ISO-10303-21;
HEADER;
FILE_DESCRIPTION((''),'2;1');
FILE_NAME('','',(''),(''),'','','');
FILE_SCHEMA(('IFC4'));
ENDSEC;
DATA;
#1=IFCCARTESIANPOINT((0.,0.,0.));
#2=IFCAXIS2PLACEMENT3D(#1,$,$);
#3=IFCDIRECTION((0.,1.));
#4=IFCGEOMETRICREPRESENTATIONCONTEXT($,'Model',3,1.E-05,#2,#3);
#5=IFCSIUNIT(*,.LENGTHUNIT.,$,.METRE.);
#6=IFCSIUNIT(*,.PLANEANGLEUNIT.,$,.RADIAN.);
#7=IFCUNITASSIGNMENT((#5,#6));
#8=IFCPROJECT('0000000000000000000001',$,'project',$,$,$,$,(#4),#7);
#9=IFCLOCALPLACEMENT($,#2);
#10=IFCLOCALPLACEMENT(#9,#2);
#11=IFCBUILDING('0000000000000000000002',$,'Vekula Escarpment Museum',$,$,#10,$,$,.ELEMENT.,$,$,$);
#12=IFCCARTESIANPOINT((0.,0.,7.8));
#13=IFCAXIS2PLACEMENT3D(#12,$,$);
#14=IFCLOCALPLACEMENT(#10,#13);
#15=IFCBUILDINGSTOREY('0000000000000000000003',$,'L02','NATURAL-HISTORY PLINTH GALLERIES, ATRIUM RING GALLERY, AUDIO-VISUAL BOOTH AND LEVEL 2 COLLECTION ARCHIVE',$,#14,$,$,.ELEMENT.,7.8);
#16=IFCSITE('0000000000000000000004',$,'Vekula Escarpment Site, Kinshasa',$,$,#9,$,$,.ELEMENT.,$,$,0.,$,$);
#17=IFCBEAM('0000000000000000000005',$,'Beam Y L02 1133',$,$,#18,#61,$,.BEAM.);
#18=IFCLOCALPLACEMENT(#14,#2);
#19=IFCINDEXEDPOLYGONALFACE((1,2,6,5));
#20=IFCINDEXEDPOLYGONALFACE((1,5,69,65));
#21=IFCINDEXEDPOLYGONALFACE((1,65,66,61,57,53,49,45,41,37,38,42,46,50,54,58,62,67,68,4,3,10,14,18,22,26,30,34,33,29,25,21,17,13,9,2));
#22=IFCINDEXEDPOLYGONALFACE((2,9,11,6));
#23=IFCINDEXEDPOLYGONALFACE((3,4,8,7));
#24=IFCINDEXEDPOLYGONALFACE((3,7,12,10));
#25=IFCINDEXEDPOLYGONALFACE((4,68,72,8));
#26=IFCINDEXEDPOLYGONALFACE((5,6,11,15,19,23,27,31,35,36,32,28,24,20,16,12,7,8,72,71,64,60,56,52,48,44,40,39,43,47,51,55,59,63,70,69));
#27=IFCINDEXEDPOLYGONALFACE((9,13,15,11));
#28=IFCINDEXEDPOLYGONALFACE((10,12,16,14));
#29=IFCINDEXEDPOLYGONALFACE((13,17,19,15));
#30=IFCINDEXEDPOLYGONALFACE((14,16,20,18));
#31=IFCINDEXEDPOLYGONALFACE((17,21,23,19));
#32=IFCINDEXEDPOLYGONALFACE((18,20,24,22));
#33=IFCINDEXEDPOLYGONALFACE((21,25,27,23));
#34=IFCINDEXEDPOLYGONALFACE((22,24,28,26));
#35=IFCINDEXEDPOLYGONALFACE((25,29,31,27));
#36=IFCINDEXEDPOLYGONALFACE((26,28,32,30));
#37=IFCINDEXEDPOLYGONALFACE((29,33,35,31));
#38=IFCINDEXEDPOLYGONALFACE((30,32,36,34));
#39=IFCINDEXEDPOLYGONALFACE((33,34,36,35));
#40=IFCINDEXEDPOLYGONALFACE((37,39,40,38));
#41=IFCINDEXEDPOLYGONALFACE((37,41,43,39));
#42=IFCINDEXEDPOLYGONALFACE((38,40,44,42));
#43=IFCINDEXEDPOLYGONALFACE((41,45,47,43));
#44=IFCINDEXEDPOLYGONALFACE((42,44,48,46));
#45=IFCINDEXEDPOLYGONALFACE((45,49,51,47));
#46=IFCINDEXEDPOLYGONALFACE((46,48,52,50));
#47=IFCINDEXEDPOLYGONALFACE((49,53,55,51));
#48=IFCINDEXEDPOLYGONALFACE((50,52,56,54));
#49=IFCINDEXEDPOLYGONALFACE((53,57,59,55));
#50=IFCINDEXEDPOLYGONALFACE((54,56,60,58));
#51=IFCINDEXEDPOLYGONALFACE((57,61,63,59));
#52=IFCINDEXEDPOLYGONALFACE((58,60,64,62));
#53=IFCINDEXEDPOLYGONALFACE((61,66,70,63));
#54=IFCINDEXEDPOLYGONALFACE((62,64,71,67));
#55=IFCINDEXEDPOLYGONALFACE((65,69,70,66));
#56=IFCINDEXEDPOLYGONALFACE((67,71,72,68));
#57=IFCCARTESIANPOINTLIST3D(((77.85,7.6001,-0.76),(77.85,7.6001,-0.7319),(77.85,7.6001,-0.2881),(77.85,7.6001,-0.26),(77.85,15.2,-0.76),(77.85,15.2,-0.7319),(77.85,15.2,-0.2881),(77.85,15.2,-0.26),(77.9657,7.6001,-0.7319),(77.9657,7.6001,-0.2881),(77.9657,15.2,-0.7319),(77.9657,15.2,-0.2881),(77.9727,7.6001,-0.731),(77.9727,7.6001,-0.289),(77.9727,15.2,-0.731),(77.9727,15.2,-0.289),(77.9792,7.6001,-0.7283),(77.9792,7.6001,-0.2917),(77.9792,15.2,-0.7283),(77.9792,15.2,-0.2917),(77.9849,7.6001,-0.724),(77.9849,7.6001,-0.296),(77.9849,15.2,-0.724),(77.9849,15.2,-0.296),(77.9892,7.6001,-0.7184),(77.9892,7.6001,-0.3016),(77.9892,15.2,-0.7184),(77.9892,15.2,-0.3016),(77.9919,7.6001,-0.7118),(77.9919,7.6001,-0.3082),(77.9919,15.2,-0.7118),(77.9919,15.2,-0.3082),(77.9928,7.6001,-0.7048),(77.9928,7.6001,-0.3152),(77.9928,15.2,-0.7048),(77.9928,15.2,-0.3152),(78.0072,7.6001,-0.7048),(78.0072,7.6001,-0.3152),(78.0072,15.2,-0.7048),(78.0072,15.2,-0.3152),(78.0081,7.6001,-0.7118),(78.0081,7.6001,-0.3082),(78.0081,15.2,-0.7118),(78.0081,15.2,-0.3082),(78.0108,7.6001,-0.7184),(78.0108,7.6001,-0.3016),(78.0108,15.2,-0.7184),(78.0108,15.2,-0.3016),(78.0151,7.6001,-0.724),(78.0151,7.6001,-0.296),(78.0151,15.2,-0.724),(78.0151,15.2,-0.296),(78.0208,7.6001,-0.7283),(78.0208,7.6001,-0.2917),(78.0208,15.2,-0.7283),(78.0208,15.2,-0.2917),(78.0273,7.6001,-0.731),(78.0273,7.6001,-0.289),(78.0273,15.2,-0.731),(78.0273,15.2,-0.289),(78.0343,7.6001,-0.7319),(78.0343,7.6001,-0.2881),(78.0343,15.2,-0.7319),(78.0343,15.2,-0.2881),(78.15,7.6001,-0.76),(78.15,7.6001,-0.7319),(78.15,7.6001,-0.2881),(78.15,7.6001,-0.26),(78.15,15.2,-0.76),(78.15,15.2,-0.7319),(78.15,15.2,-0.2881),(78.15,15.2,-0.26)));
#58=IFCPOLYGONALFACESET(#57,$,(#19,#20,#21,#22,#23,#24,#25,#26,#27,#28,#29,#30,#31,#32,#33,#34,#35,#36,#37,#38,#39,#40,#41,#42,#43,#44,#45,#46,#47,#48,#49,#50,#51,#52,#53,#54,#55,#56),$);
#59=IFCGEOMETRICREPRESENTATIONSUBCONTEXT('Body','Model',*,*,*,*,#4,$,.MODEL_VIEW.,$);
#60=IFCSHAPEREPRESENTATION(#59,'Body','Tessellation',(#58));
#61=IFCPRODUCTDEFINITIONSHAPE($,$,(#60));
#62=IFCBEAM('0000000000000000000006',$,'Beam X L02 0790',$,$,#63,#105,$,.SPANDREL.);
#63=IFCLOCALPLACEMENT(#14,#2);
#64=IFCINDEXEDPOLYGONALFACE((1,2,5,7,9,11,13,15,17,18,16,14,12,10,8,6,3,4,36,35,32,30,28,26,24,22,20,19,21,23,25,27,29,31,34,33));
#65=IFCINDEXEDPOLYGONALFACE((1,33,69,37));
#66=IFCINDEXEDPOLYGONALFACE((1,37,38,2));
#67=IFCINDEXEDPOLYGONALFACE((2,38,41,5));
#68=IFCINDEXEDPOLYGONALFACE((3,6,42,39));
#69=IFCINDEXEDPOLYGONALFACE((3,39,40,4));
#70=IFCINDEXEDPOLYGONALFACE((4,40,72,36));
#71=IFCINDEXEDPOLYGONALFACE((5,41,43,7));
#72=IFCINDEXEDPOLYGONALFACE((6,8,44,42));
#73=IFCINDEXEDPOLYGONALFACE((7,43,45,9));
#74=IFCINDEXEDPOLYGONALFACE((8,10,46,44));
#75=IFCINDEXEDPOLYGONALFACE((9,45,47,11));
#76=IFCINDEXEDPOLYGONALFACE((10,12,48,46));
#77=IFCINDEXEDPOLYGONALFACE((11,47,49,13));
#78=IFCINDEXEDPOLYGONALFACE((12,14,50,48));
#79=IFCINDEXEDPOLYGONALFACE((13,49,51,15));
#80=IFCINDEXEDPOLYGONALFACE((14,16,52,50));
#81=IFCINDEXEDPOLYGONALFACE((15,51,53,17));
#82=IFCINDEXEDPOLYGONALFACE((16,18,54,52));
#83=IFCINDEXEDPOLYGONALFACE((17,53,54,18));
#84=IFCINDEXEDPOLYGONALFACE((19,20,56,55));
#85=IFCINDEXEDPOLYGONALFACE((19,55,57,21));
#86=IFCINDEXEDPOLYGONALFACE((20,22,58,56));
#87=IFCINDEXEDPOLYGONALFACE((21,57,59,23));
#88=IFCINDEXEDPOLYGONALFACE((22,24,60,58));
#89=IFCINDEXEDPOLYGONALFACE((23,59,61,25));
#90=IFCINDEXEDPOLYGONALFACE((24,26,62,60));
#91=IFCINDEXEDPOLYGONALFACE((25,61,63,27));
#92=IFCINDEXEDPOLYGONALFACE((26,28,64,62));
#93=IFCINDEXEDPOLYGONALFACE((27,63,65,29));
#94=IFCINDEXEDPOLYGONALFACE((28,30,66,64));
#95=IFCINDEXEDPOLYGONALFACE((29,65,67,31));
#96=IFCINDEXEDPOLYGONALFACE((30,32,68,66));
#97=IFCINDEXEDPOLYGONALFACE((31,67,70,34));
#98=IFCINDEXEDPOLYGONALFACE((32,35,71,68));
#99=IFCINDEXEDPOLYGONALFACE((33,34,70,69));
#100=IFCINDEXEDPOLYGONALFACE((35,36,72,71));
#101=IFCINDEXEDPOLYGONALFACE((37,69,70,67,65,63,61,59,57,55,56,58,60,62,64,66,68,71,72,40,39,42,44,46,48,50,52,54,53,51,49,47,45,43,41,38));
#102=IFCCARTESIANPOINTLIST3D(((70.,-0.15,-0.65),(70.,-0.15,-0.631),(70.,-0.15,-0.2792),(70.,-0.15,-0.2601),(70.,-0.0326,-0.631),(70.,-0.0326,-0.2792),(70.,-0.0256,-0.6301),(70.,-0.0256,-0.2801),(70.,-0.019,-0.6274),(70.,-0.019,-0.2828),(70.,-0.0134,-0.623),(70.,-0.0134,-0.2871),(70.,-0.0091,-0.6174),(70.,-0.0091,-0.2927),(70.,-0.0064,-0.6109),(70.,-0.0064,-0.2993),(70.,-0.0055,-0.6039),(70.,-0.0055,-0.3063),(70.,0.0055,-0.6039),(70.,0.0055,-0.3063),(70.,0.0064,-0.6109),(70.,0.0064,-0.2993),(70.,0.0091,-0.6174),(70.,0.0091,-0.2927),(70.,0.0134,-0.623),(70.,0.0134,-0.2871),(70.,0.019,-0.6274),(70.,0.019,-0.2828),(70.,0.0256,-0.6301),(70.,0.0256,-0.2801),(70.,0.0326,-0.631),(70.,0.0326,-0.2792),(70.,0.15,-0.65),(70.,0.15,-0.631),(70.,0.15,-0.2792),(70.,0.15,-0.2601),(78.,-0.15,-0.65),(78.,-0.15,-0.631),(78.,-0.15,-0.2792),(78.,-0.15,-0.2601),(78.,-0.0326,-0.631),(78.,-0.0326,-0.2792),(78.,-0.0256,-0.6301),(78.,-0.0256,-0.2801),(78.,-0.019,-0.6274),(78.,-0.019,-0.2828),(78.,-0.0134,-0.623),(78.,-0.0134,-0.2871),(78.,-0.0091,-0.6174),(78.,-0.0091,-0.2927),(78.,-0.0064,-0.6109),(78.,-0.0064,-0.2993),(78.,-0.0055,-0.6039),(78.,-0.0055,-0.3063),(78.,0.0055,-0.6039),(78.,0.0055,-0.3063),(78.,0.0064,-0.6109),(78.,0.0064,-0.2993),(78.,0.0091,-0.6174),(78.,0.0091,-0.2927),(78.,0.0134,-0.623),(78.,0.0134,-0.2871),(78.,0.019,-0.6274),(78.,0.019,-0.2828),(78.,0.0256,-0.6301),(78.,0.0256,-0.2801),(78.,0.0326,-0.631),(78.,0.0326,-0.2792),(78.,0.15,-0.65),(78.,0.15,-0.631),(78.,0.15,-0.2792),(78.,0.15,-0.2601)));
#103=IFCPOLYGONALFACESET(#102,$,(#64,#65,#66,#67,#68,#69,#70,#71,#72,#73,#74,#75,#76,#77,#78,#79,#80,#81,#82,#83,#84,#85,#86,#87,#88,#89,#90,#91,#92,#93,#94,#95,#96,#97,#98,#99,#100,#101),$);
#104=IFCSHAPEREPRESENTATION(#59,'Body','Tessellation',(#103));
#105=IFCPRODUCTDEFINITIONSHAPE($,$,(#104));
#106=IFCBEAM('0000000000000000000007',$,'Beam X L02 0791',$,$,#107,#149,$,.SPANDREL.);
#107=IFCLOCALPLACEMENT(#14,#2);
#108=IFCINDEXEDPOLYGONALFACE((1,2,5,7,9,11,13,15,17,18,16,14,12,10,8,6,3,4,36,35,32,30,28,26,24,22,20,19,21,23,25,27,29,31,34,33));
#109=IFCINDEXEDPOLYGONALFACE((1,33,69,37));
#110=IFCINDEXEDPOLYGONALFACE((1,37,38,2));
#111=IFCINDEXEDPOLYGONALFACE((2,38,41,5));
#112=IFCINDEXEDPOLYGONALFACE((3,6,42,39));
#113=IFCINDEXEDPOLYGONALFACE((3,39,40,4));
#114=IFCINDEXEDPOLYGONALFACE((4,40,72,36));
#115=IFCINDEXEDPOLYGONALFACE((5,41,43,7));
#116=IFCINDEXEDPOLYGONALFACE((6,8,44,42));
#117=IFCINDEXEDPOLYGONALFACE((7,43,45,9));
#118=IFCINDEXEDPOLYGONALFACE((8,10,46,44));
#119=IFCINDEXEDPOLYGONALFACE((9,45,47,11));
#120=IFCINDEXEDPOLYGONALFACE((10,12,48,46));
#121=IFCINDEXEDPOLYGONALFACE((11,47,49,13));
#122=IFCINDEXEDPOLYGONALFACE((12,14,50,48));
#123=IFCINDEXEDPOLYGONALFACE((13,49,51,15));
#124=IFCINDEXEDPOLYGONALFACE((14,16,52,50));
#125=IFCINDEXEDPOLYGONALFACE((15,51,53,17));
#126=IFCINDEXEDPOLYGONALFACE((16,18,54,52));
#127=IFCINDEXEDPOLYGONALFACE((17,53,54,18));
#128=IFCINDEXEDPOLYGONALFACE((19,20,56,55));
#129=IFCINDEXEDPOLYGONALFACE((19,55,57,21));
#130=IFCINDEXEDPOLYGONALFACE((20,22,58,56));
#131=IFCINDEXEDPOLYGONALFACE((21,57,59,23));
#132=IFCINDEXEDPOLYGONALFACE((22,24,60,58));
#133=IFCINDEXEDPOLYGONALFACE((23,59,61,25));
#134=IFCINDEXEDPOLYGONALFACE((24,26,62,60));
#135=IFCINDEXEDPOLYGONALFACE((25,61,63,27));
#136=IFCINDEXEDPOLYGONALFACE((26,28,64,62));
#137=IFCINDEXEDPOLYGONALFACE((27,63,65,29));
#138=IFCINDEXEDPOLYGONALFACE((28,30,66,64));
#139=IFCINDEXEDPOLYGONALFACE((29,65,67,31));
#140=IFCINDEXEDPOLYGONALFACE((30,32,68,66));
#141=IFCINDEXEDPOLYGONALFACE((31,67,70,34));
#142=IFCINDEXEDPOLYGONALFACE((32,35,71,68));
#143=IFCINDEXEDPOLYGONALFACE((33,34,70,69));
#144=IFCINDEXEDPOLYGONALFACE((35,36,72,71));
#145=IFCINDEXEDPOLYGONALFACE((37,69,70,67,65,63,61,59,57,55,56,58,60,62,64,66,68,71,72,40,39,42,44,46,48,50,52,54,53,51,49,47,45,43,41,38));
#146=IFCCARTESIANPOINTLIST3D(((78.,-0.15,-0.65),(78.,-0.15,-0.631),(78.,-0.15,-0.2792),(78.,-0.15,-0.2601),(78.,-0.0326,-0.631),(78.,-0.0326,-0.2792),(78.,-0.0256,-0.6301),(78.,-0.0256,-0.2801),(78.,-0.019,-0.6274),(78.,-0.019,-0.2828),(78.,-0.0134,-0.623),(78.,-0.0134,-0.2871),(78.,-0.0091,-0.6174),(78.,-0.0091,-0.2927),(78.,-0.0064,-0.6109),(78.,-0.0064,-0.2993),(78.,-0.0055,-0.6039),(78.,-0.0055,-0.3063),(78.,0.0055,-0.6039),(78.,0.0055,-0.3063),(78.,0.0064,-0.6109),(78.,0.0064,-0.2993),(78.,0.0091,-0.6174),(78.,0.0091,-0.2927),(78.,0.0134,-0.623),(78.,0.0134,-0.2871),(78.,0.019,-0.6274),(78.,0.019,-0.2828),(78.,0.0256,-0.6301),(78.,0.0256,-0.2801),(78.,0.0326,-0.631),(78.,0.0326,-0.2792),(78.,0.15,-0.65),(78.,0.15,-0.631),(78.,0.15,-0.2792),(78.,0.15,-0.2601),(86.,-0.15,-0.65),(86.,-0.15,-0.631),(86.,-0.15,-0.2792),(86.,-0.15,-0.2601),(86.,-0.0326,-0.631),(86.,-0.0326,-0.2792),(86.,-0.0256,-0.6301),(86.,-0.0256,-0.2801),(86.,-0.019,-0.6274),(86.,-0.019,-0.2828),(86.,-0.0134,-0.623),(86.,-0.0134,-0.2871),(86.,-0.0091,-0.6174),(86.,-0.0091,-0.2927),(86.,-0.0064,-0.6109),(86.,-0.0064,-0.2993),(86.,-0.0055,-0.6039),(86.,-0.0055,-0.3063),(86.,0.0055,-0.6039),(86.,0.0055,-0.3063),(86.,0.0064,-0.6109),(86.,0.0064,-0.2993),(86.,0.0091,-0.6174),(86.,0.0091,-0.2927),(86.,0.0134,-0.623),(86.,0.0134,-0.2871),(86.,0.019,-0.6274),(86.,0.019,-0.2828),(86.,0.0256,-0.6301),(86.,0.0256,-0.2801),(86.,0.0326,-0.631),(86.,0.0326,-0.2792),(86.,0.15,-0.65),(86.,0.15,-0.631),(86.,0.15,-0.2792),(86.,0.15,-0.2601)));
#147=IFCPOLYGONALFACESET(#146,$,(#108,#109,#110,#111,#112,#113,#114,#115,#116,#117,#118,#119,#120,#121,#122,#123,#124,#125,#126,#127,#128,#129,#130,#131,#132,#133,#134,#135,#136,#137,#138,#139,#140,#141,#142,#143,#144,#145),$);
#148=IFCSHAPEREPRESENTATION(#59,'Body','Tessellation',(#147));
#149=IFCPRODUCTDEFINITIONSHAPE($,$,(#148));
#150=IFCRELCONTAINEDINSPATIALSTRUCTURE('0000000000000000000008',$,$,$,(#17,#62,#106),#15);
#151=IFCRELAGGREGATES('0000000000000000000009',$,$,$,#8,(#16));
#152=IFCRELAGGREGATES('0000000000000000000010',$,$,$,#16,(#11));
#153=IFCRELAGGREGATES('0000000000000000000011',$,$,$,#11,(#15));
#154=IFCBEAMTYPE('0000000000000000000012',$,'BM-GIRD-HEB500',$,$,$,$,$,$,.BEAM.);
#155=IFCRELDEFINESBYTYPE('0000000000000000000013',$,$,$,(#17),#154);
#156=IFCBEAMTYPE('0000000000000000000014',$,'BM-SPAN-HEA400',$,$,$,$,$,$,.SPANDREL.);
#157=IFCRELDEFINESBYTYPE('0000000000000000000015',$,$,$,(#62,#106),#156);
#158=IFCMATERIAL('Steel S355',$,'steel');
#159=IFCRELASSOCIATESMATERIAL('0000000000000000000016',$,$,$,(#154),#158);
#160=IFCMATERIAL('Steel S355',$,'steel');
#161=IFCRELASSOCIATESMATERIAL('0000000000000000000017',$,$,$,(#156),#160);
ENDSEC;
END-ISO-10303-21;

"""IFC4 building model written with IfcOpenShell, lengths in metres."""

from ifc_helpers import new_model, si_unit, direction, frame, origin, origin_2d, place, context, subcontext, project, spatial, i_section, extrude, material, material_profile, profile_set, type_object, element, save


model = new_model("IFC4")

# Units and contexts
model_context = context("Model", 3, precision=1e-05, world=origin(), true_north=direction((0.0, 1.0)))
body_context = subcontext(model_context, "Body", "Model", "MODEL_VIEW")
ifc_project = project(units=[si_unit("LENGTHUNIT", "METRE"), si_unit("PLANEANGLEUNIT", "RADIAN")], contexts=[model_context])

# Site, building, storey
site_placement = place(None, origin())
site = spatial("IfcSite", under=ifc_project, at=site_placement, Name="Vekula Escarpment Site, Kinshasa", CompositionType="ELEMENT", RefElevation=0.0)
building_placement = place(site_placement, origin())
building = spatial("IfcBuilding", under=site, at=building_placement, Name="Vekula Escarpment Museum", CompositionType="ELEMENT")
storey_placement = place(building_placement, frame((0.0, 0.0, 7.8)))
storey = spatial("IfcBuildingStorey", under=building, at=storey_placement, Name="L02", Description="NATURAL-HISTORY PLINTH GALLERIES, ATRIUM RING GALLERY, AUDIO-VISUAL BOOTH AND LEVEL 2 COLLECTION ARCHIVE", CompositionType="ELEMENT", Elevation=7.8)

# Beams
ifc_material_1 = material(Name="Steel S355", Category="steel")
ifc_material_profile_1 = material_profile(ifc_material_1, i_section(OverallWidth=0.3, OverallDepth=0.5, WebThickness=0.0144, FlangeThickness=0.0281, FilletRadius=0.0271, at=origin_2d()), Name="HEB 500")
ifc_profile_set_1 = profile_set([ifc_material_profile_1], Name="Steel S355")
beam_type_1 = type_object("IfcBeamType", Name="BM-GIRD-HEB500", PredefinedType="BEAM", material=ifc_profile_set_1)
beam_1_placement = place(storey_placement, frame((78.0, 7.6001, -0.51), z_axis=(0.0, 1.0, 0.0), x_axis=(-1.0, 0.0, 0.0)))
element("IfcBeam", 1, at=beam_1_placement, inside=storey, type_object=beam_type_1, Name="Beam Y L02 1133", PredefinedType="BEAM", context=body_context, shape_type="SweptSolid", body=[
    extrude(i_section(OverallWidth=0.3, OverallDepth=0.5, WebThickness=0.0144, FlangeThickness=0.0281, FilletRadius=0.0271, at=origin_2d()), origin(), (0.0, 0.0, 1.0), 7.5999),
])
ifc_material_2 = material(Name="Steel S355", Category="steel")
ifc_material_profile_2 = material_profile(ifc_material_2, i_section(OverallWidth=0.3, OverallDepth=0.3899, WebThickness=0.011, FlangeThickness=0.019, FilletRadius=0.0271, at=origin_2d()), Name="HEA 400")
ifc_profile_set_2 = profile_set([ifc_material_profile_2], Name="Steel S355")
beam_type_2 = type_object("IfcBeamType", Name="BM-SPAN-HEA400", PredefinedType="SPANDREL", material=ifc_profile_set_2)
for number, where, z_axis, x_axis, name in (
    (2, (70.0, 0.0, -0.4551), (1.0, 0.0, 0.0), (0.0, 1.0, 0.0), "Beam X L02 0790"),
    (3, (78.0, 0.0, -0.4551), (1.0, 0.0, 0.0), (0.0, 1.0, 0.0), "Beam X L02 0791"),
):
    element("IfcBeam", number, at=place(storey_placement, frame(where, z_axis=z_axis, x_axis=x_axis)), inside=storey, type_object=beam_type_2, Name=name, PredefinedType="SPANDREL", context=body_context, shape_type="SweptSolid", body=[
        extrude(i_section(OverallWidth=0.3, OverallDepth=0.3899, WebThickness=0.011, FlangeThickness=0.019, FilletRadius=0.0271, at=origin_2d()), origin(), (0.0, 0.0, 1.0), 8.0),
    ])

save(model, "model.ifc")
